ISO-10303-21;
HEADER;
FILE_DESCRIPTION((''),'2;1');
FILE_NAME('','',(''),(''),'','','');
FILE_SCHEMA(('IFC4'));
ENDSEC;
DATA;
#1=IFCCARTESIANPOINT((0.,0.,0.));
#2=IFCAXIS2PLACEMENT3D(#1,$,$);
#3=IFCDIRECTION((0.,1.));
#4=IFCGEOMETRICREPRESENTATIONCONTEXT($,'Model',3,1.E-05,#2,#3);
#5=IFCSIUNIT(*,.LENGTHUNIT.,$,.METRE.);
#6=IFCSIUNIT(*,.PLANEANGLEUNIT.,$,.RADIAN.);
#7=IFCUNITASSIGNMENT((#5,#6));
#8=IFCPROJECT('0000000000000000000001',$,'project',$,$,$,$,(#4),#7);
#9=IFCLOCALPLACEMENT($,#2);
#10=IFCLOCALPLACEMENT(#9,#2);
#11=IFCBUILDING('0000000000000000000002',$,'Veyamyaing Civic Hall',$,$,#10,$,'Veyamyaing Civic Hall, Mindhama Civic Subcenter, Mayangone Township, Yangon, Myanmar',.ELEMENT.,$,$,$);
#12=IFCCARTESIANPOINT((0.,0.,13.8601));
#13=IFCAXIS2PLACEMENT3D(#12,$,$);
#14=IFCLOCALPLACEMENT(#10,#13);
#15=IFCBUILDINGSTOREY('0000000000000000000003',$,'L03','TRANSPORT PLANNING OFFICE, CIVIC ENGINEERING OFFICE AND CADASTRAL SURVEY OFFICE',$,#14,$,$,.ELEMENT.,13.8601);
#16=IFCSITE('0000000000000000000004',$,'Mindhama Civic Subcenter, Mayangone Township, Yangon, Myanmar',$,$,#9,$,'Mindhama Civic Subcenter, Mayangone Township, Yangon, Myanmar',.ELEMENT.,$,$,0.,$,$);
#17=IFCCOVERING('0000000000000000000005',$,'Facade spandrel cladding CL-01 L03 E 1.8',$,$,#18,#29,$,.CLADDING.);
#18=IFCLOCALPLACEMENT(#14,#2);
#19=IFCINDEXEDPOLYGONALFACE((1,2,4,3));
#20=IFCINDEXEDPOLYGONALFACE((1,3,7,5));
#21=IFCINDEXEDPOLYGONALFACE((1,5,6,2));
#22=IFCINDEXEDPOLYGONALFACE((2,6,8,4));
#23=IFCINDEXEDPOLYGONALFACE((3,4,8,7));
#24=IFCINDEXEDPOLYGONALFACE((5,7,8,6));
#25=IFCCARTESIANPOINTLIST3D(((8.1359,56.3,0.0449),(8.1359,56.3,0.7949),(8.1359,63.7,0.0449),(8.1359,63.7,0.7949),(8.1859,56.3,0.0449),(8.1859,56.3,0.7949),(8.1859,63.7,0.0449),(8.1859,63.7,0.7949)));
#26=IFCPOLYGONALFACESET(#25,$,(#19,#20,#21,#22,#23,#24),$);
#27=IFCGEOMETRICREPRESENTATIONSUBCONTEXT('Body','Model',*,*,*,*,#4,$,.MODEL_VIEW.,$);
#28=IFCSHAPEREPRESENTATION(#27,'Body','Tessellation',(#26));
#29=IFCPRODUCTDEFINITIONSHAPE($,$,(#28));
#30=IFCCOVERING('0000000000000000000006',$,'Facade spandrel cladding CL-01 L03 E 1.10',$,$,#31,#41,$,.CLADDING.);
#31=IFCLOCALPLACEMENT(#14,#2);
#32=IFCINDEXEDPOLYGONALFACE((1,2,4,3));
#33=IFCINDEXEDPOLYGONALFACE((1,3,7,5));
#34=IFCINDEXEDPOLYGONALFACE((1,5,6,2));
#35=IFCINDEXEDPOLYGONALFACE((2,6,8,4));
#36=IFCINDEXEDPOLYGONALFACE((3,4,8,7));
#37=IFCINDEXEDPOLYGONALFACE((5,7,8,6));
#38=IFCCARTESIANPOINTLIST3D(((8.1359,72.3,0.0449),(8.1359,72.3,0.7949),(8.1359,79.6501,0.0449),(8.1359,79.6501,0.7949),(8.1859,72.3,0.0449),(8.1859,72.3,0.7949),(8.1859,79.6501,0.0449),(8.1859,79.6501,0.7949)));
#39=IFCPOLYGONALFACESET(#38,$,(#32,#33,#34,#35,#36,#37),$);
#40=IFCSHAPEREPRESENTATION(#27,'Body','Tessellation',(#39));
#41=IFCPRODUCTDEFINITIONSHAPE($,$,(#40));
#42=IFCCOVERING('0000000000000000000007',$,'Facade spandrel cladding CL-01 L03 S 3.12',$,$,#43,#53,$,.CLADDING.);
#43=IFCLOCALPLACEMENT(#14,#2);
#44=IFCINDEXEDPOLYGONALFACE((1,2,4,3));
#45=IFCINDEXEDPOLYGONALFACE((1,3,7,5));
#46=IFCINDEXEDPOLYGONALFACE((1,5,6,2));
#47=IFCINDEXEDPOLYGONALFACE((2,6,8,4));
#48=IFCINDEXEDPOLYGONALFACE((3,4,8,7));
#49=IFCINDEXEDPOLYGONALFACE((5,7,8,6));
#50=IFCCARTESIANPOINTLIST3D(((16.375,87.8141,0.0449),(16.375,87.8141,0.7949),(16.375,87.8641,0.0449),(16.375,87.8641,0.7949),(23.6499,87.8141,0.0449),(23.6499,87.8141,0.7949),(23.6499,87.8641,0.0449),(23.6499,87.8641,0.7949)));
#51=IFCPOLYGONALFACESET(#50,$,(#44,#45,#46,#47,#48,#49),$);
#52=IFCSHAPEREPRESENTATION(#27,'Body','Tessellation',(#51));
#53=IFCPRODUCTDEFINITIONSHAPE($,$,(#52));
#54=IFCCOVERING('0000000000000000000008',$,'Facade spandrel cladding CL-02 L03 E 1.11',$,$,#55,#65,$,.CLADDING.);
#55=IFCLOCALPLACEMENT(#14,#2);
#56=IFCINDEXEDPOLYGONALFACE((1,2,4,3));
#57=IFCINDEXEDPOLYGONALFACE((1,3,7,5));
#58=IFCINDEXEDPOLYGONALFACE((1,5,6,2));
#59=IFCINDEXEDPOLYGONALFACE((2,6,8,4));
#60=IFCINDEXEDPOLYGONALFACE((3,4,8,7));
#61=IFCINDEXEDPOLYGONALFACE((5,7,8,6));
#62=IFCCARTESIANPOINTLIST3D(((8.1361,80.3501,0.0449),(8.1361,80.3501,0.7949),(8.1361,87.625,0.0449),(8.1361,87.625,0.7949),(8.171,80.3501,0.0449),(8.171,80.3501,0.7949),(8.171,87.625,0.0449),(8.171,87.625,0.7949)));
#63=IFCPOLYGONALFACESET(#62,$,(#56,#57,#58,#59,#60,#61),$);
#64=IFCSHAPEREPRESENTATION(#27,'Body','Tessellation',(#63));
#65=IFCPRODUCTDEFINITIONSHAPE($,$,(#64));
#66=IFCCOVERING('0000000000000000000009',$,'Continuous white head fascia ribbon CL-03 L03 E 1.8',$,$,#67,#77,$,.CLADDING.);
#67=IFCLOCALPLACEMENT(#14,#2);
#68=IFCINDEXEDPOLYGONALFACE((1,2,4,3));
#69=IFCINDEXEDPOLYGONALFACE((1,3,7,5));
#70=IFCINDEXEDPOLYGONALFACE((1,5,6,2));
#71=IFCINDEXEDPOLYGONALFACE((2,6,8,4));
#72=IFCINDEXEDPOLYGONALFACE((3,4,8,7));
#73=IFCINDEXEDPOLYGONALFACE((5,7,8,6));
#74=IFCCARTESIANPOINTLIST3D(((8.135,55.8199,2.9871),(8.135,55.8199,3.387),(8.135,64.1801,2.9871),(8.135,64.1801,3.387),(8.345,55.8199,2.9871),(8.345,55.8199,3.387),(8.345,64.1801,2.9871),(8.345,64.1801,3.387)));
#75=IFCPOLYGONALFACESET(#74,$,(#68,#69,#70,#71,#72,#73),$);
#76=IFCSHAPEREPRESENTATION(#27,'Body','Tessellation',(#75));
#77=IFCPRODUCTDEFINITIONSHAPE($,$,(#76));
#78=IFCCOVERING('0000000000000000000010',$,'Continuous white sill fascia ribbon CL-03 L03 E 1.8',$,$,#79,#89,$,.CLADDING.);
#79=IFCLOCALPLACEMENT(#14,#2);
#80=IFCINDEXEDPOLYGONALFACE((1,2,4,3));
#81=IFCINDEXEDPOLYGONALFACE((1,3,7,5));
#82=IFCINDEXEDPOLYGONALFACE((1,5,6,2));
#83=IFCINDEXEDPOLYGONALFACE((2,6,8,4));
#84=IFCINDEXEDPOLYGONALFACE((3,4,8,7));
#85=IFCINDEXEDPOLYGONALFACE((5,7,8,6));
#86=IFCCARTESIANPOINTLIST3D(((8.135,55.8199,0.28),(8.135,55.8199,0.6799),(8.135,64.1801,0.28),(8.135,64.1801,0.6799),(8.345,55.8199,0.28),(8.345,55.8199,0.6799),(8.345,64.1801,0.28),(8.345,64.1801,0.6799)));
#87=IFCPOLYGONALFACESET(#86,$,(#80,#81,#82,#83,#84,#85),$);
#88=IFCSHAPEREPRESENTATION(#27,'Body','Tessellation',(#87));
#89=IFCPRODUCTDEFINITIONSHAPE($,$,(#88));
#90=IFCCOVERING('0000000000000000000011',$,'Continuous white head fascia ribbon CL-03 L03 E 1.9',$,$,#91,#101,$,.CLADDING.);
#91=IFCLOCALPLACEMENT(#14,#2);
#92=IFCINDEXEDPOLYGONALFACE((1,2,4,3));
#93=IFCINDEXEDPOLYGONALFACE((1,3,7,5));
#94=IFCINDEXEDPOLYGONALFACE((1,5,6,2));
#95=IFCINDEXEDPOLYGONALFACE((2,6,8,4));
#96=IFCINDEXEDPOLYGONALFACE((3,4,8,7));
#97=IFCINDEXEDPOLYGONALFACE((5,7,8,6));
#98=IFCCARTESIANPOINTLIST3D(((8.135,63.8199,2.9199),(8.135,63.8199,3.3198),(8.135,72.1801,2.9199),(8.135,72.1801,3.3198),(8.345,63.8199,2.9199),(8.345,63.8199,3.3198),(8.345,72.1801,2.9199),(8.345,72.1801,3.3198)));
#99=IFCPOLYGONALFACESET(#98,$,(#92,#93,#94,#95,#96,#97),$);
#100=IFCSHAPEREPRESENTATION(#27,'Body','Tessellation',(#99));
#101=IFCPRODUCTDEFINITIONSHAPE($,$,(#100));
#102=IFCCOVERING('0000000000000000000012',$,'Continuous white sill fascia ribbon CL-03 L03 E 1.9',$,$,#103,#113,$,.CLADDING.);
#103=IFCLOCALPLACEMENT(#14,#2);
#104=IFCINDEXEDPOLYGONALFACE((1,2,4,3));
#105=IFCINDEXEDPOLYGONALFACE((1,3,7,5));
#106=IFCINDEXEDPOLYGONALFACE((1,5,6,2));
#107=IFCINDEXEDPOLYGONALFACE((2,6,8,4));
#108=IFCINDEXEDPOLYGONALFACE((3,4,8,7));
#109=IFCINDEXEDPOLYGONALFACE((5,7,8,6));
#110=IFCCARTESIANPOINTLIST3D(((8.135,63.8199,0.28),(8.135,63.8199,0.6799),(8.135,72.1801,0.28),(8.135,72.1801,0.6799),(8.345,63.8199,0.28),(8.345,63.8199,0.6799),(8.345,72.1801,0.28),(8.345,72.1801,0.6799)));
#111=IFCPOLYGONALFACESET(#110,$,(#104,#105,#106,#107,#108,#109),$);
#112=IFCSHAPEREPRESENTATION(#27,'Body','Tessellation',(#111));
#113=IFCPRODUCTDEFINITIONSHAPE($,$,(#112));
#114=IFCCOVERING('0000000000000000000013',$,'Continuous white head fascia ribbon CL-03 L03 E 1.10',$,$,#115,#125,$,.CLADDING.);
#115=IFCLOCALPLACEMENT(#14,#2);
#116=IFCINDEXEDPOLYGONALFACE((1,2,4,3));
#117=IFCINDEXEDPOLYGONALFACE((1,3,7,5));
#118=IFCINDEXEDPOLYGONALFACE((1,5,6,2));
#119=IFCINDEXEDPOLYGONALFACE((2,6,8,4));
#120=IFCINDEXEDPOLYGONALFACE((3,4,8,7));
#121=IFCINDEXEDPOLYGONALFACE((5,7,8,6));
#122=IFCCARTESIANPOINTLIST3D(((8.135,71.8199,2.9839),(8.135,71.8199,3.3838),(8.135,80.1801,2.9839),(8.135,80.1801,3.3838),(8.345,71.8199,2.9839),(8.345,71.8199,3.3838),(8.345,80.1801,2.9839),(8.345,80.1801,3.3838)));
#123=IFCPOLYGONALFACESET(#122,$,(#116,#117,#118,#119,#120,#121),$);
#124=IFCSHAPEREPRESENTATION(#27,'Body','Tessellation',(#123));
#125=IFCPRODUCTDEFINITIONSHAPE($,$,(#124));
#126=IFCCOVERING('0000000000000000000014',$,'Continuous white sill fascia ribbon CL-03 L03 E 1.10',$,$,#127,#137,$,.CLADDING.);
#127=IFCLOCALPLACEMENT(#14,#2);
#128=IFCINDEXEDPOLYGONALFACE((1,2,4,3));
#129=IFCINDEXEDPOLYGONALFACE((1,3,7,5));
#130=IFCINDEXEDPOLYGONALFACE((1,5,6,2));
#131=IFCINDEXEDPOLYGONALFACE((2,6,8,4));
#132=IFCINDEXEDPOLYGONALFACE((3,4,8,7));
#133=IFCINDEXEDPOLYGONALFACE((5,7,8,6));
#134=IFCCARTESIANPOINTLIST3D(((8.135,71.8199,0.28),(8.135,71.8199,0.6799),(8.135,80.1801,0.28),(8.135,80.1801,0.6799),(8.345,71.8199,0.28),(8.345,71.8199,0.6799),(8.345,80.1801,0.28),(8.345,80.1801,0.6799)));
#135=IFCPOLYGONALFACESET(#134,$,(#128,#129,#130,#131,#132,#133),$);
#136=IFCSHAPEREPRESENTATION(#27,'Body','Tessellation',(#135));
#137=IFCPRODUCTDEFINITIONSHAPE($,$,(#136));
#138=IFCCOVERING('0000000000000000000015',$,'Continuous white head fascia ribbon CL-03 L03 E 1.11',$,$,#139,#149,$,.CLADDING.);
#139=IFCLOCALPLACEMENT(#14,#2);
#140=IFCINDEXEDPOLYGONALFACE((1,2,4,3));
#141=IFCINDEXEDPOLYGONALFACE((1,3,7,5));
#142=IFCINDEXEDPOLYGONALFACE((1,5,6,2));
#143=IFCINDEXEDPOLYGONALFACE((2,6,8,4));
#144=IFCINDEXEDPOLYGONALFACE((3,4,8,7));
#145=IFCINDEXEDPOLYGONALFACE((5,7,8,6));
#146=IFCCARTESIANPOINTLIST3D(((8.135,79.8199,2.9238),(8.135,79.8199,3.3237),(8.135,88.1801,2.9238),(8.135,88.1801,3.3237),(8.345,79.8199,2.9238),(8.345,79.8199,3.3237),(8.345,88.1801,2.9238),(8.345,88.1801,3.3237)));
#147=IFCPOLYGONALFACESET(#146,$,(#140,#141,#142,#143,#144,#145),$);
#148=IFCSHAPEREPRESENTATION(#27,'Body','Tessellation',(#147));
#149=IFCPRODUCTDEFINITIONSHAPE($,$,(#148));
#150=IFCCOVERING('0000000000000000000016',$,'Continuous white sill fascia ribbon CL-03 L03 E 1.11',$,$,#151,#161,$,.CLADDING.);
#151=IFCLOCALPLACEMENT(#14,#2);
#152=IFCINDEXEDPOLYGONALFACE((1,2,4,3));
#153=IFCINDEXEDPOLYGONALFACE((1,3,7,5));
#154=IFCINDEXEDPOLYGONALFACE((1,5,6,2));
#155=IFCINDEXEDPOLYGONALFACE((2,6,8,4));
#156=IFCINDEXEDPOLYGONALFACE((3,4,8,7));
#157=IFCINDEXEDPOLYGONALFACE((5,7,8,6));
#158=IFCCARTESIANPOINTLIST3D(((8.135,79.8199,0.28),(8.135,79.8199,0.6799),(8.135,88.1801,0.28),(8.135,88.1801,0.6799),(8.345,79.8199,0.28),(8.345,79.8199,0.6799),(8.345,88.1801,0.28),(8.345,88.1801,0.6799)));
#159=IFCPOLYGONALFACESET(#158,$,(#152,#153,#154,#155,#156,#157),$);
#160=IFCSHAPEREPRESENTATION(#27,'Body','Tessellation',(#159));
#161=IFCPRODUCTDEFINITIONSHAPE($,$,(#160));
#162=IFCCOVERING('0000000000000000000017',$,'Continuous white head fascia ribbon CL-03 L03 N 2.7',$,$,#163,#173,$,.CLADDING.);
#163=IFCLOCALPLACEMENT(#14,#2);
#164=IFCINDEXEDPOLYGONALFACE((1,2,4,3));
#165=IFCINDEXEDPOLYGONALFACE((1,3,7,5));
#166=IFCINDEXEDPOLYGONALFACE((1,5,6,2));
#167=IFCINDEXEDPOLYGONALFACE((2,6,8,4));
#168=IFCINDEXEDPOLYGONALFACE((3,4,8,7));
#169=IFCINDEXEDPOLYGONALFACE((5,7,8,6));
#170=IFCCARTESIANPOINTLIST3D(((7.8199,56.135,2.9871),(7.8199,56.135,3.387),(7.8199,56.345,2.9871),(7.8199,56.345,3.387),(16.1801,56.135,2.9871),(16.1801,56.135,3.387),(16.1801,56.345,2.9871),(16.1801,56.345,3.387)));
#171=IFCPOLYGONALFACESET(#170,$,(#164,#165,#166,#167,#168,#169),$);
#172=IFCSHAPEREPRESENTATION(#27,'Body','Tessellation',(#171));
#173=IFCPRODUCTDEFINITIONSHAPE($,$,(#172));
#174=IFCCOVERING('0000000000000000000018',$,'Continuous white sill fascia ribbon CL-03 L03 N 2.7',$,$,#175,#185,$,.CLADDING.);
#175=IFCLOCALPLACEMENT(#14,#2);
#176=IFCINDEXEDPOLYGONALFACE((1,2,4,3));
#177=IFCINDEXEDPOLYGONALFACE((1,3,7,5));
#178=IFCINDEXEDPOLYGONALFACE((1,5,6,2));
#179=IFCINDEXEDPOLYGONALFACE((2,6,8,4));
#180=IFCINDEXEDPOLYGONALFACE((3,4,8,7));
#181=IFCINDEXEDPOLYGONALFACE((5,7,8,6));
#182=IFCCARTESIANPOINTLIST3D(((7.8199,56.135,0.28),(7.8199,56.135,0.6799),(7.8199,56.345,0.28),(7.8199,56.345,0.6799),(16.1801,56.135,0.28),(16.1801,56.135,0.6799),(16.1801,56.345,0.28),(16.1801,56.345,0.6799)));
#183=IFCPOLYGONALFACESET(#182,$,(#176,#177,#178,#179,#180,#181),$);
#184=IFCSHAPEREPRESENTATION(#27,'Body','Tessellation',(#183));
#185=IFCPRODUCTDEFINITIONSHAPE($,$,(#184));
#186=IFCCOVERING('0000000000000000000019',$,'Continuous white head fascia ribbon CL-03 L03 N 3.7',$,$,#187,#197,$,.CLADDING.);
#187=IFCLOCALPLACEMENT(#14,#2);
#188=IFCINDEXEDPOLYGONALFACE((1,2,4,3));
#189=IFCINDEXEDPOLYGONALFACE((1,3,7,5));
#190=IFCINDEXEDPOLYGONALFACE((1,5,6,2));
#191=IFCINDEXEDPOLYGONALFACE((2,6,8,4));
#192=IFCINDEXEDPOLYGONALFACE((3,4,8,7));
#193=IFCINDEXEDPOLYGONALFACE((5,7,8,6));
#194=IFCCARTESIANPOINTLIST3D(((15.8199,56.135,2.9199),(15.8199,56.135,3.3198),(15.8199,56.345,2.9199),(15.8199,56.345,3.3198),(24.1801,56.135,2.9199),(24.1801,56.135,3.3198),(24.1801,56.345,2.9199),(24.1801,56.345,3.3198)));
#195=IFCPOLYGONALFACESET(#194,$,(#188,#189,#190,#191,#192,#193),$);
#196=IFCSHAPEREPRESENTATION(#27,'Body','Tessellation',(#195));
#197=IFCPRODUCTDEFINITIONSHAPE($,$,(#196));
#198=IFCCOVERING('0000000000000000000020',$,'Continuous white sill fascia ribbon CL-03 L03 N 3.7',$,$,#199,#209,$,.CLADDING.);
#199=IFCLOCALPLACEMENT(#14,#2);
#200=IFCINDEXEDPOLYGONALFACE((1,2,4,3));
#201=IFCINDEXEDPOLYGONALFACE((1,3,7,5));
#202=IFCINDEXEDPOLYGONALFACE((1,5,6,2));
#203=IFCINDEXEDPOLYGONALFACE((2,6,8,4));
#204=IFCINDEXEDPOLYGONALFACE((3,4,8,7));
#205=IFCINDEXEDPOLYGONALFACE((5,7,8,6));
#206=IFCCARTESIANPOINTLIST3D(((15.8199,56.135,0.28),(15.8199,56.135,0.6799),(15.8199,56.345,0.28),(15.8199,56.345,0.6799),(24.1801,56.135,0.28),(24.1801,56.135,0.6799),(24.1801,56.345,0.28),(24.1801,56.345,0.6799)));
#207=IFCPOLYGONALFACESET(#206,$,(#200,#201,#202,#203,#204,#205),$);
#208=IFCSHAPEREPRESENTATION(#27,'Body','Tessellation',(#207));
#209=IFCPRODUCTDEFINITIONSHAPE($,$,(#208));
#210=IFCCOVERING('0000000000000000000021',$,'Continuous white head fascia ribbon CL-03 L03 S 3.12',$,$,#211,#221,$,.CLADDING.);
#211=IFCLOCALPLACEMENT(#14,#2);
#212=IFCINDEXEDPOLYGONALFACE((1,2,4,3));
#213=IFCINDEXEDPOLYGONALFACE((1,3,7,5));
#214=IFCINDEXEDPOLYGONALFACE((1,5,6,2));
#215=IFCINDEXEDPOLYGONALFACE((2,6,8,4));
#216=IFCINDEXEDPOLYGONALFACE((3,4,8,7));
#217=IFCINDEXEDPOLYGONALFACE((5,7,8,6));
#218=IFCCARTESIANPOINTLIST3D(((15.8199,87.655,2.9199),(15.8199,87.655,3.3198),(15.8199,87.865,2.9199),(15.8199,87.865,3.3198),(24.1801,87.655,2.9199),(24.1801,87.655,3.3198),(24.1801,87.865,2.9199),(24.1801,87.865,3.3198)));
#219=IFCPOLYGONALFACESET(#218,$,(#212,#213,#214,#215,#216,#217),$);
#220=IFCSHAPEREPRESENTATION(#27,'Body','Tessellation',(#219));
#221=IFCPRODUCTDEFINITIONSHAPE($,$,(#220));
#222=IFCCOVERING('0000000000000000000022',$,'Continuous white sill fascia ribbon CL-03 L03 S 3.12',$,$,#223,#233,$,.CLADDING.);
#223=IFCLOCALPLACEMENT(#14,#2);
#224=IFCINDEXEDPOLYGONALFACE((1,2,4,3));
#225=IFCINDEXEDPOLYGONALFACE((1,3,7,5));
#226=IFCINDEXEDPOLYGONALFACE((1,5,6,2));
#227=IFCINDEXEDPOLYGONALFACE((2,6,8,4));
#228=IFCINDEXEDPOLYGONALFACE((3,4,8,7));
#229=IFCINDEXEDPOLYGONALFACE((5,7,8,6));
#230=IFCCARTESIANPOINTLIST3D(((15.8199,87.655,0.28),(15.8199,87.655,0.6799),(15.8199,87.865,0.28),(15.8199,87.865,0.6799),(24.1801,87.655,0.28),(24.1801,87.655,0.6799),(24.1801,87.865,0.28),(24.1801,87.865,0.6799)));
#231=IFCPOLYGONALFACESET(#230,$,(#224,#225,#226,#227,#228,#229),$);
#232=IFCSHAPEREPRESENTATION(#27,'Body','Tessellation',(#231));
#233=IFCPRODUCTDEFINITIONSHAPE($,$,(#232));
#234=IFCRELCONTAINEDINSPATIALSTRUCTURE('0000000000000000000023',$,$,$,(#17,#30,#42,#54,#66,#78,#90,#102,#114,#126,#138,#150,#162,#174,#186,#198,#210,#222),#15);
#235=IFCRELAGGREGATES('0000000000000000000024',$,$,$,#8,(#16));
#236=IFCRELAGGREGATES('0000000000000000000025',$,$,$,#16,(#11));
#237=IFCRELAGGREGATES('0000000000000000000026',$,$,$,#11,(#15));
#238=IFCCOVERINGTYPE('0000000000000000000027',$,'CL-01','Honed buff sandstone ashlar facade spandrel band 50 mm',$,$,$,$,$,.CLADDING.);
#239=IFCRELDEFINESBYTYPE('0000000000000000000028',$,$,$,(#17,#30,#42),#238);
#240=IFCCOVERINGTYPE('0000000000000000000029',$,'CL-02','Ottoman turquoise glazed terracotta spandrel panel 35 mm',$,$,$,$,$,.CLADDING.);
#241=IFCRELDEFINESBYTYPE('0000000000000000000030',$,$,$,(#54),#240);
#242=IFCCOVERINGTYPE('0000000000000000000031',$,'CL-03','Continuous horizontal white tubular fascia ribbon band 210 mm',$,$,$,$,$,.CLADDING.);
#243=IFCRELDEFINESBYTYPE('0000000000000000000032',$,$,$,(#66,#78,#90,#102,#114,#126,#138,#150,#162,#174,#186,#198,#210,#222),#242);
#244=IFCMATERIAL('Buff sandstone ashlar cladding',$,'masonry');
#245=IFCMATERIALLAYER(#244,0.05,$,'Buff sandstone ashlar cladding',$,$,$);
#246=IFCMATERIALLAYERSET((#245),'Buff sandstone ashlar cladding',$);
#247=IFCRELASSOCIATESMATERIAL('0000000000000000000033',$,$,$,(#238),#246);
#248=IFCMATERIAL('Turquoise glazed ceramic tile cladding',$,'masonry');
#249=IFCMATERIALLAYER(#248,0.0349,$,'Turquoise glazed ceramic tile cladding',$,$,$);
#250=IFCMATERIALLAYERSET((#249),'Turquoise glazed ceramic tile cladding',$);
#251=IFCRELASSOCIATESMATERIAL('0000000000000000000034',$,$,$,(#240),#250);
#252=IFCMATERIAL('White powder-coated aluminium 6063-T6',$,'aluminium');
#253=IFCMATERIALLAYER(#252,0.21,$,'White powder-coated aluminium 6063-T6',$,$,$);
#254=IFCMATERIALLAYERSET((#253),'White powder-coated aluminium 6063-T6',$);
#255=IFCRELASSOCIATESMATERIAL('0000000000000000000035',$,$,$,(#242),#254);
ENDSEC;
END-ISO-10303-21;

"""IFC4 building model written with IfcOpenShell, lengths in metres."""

from ifc_helpers import new_model, si_unit, direction, frame, origin, origin_2d, place, context, subcontext, project, spatial, rectangle, extrude, material, layer, layer_set, type_object, element, save


model = new_model("IFC4")

# Units and contexts
model_context = context("Model", 3, precision=1e-05, world=origin(), true_north=direction((0.0, 1.0)))
body_context = subcontext(model_context, "Body", "Model", "MODEL_VIEW")
ifc_project = project(units=[si_unit("LENGTHUNIT", "METRE"), si_unit("PLANEANGLEUNIT", "RADIAN")], contexts=[model_context])

# Site, building, storey
site_placement = place(None, origin())
site = spatial("IfcSite", under=ifc_project, at=site_placement, Name="Mindhama Civic Subcenter, Mayangone Township, Yangon, Myanmar", LongName="Mindhama Civic Subcenter, Mayangone Township, Yangon, Myanmar", CompositionType="ELEMENT", RefElevation=0.0)
building_placement = place(site_placement, origin())
building = spatial("IfcBuilding", under=site, at=building_placement, Name="Veyamyaing Civic Hall", LongName="Veyamyaing Civic Hall, Mindhama Civic Subcenter, Mayangone Township, Yangon, Myanmar", CompositionType="ELEMENT")
storey_placement = place(building_placement, frame((0.0, 0.0, 13.8601)))
storey = spatial("IfcBuildingStorey", under=building, at=storey_placement, Name="L03", Description="TRANSPORT PLANNING OFFICE, CIVIC ENGINEERING OFFICE AND CADASTRAL SURVEY OFFICE", CompositionType="ELEMENT", Elevation=13.8601)

# Coverings
ifc_material_1 = material(Name="Buff sandstone ashlar cladding", Category="masonry")
ifc_layer_1 = layer(ifc_material_1, 0.05, Name="Buff sandstone ashlar cladding")
ifc_layer_set_1 = layer_set([ifc_layer_1], Name="Buff sandstone ashlar cladding")
covering_type_1 = type_object("IfcCoveringType", Name="CL-01", Description="Honed buff sandstone ashlar facade spandrel band 50 mm", PredefinedType="CLADDING", material=ifc_layer_set_1)
covering_1_placement = place(storey_placement, frame((8.1609, 60.0, 0.0449), z_axis=(0.0, 0.0, 1.0), x_axis=(0.0, 1.0, 0.0)))
element("IfcCovering", 1, at=covering_1_placement, inside=storey, type_object=covering_type_1, Name="Facade spandrel cladding CL-01 L03 E 1.8", PredefinedType="CLADDING", context=body_context, shape_type="SweptSolid", body=[
    extrude(rectangle(XDim=7.3999, YDim=0.05, at=origin_2d()), origin(), (0.0, 0.0, 1.0), 0.75),
])
covering_2_placement = place(storey_placement, frame((8.1609, 75.9751, 0.0449), z_axis=(0.0, 0.0, 1.0), x_axis=(0.0, 1.0, 0.0)))
element("IfcCovering", 2, at=covering_2_placement, inside=storey, type_object=covering_type_1, Name="Facade spandrel cladding CL-01 L03 E 1.10", PredefinedType="CLADDING", context=body_context, shape_type="SweptSolid", body=[
    extrude(rectangle(XDim=7.3501, YDim=0.05, at=origin_2d()), origin(), (0.0, 0.0, 1.0), 0.75),
])
covering_3_placement = place(storey_placement, frame((20.0125, 87.8391, 0.0449), z_axis=(0.0, 0.0, 1.0), x_axis=(1.0, 0.0, 0.0)))
element("IfcCovering", 3, at=covering_3_placement, inside=storey, type_object=covering_type_1, Name="Facade spandrel cladding CL-01 L03 S 3.12", PredefinedType="CLADDING", context=body_context, shape_type="SweptSolid", body=[
    extrude(rectangle(XDim=7.2749, YDim=0.05, at=origin_2d()), origin(), (0.0, 0.0, 1.0), 0.75),
])
ifc_material_2 = material(Name="Turquoise glazed ceramic tile cladding", Category="masonry")
ifc_layer_2 = layer(ifc_material_2, 0.0349, Name="Turquoise glazed ceramic tile cladding")
ifc_layer_set_2 = layer_set([ifc_layer_2], Name="Turquoise glazed ceramic tile cladding")
covering_type_2 = type_object("IfcCoveringType", Name="CL-02", Description="Ottoman turquoise glazed terracotta spandrel panel 35 mm", PredefinedType="CLADDING", material=ifc_layer_set_2)
covering_4_placement = place(storey_placement, frame((8.1536, 83.9875, 0.0449), z_axis=(0.0, 0.0, 1.0), x_axis=(0.0, 1.0, 0.0)))
element("IfcCovering", 4, at=covering_4_placement, inside=storey, type_object=covering_type_2, Name="Facade spandrel cladding CL-02 L03 E 1.11", PredefinedType="CLADDING", context=body_context, shape_type="SweptSolid", body=[
    extrude(rectangle(XDim=7.2749, YDim=0.0349, at=origin_2d()), origin(), (0.0, 0.0, 1.0), 0.75),
])
ifc_material_3 = material(Name="White powder-coated aluminium 6063-T6", Category="aluminium")
ifc_layer_3 = layer(ifc_material_3, 0.21, Name="White powder-coated aluminium 6063-T6")
ifc_layer_set_3 = layer_set([ifc_layer_3], Name="White powder-coated aluminium 6063-T6")
covering_type_3 = type_object("IfcCoveringType", Name="CL-03", Description="Continuous horizontal white tubular fascia ribbon band 210 mm", PredefinedType="CLADDING", material=ifc_layer_set_3)
for number, where, z_axis, x_axis, name in (
    (5, (8.24, 60.0, 2.9871), (0.0, 0.0, 1.0), (0.0, 1.0, 0.0), "Continuous white head fascia ribbon CL-03 L03 E 1.8"),
    (6, (8.24, 60.0, 0.28), (0.0, 0.0, 1.0), (0.0, 1.0, 0.0), "Continuous white sill fascia ribbon CL-03 L03 E 1.8"),
    (7, (8.24, 68.0, 2.9199), (0.0, 0.0, 1.0), (0.0, 1.0, 0.0), "Continuous white head fascia ribbon CL-03 L03 E 1.9"),
    (8, (8.24, 68.0, 0.28), (0.0, 0.0, 1.0), (0.0, 1.0, 0.0), "Continuous white sill fascia ribbon CL-03 L03 E 1.9"),
    (9, (8.24, 76.0, 2.9839), (0.0, 0.0, 1.0), (0.0, 1.0, 0.0), "Continuous white head fascia ribbon CL-03 L03 E 1.10"),
    (10, (8.24, 76.0, 0.28), (0.0, 0.0, 1.0), (0.0, 1.0, 0.0), "Continuous white sill fascia ribbon CL-03 L03 E 1.10"),
    (11, (8.24, 84.0, 2.9238), (0.0, 0.0, 1.0), (0.0, 1.0, 0.0), "Continuous white head fascia ribbon CL-03 L03 E 1.11"),
    (12, (8.24, 84.0, 0.28), (0.0, 0.0, 1.0), (0.0, 1.0, 0.0), "Continuous white sill fascia ribbon CL-03 L03 E 1.11"),
    (13, (12.0, 56.24, 2.9871), (0.0, 0.0, 1.0), (1.0, 0.0, 0.0), "Continuous white head fascia ribbon CL-03 L03 N 2.7"),
    (14, (12.0, 56.24, 0.28), (0.0, 0.0, 1.0), (1.0, 0.0, 0.0), "Continuous white sill fascia ribbon CL-03 L03 N 2.7"),
    (15, (20.0, 56.24, 2.9199), (0.0, 0.0, 1.0), (1.0, 0.0, 0.0), "Continuous white head fascia ribbon CL-03 L03 N 3.7"),
    (16, (20.0, 56.24, 0.28), (0.0, 0.0, 1.0), (1.0, 0.0, 0.0), "Continuous white sill fascia ribbon CL-03 L03 N 3.7"),
    (17, (20.0, 87.76, 2.9199), (0.0, 0.0, 1.0), (1.0, 0.0, 0.0), "Continuous white head fascia ribbon CL-03 L03 S 3.12"),
    (18, (20.0, 87.76, 0.28), (0.0, 0.0, 1.0), (1.0, 0.0, 0.0), "Continuous white sill fascia ribbon CL-03 L03 S 3.12"),
):
    element("IfcCovering", number, at=place(storey_placement, frame(where, z_axis=z_axis, x_axis=x_axis)), inside=storey, type_object=covering_type_3, Name=name, PredefinedType="CLADDING", context=body_context, shape_type="SweptSolid", body=[
        extrude(rectangle(XDim=8.3601, YDim=0.21, at=origin_2d()), origin(), (0.0, 0.0, 1.0), 0.3999),
    ])

save(model, "model.ifc")
